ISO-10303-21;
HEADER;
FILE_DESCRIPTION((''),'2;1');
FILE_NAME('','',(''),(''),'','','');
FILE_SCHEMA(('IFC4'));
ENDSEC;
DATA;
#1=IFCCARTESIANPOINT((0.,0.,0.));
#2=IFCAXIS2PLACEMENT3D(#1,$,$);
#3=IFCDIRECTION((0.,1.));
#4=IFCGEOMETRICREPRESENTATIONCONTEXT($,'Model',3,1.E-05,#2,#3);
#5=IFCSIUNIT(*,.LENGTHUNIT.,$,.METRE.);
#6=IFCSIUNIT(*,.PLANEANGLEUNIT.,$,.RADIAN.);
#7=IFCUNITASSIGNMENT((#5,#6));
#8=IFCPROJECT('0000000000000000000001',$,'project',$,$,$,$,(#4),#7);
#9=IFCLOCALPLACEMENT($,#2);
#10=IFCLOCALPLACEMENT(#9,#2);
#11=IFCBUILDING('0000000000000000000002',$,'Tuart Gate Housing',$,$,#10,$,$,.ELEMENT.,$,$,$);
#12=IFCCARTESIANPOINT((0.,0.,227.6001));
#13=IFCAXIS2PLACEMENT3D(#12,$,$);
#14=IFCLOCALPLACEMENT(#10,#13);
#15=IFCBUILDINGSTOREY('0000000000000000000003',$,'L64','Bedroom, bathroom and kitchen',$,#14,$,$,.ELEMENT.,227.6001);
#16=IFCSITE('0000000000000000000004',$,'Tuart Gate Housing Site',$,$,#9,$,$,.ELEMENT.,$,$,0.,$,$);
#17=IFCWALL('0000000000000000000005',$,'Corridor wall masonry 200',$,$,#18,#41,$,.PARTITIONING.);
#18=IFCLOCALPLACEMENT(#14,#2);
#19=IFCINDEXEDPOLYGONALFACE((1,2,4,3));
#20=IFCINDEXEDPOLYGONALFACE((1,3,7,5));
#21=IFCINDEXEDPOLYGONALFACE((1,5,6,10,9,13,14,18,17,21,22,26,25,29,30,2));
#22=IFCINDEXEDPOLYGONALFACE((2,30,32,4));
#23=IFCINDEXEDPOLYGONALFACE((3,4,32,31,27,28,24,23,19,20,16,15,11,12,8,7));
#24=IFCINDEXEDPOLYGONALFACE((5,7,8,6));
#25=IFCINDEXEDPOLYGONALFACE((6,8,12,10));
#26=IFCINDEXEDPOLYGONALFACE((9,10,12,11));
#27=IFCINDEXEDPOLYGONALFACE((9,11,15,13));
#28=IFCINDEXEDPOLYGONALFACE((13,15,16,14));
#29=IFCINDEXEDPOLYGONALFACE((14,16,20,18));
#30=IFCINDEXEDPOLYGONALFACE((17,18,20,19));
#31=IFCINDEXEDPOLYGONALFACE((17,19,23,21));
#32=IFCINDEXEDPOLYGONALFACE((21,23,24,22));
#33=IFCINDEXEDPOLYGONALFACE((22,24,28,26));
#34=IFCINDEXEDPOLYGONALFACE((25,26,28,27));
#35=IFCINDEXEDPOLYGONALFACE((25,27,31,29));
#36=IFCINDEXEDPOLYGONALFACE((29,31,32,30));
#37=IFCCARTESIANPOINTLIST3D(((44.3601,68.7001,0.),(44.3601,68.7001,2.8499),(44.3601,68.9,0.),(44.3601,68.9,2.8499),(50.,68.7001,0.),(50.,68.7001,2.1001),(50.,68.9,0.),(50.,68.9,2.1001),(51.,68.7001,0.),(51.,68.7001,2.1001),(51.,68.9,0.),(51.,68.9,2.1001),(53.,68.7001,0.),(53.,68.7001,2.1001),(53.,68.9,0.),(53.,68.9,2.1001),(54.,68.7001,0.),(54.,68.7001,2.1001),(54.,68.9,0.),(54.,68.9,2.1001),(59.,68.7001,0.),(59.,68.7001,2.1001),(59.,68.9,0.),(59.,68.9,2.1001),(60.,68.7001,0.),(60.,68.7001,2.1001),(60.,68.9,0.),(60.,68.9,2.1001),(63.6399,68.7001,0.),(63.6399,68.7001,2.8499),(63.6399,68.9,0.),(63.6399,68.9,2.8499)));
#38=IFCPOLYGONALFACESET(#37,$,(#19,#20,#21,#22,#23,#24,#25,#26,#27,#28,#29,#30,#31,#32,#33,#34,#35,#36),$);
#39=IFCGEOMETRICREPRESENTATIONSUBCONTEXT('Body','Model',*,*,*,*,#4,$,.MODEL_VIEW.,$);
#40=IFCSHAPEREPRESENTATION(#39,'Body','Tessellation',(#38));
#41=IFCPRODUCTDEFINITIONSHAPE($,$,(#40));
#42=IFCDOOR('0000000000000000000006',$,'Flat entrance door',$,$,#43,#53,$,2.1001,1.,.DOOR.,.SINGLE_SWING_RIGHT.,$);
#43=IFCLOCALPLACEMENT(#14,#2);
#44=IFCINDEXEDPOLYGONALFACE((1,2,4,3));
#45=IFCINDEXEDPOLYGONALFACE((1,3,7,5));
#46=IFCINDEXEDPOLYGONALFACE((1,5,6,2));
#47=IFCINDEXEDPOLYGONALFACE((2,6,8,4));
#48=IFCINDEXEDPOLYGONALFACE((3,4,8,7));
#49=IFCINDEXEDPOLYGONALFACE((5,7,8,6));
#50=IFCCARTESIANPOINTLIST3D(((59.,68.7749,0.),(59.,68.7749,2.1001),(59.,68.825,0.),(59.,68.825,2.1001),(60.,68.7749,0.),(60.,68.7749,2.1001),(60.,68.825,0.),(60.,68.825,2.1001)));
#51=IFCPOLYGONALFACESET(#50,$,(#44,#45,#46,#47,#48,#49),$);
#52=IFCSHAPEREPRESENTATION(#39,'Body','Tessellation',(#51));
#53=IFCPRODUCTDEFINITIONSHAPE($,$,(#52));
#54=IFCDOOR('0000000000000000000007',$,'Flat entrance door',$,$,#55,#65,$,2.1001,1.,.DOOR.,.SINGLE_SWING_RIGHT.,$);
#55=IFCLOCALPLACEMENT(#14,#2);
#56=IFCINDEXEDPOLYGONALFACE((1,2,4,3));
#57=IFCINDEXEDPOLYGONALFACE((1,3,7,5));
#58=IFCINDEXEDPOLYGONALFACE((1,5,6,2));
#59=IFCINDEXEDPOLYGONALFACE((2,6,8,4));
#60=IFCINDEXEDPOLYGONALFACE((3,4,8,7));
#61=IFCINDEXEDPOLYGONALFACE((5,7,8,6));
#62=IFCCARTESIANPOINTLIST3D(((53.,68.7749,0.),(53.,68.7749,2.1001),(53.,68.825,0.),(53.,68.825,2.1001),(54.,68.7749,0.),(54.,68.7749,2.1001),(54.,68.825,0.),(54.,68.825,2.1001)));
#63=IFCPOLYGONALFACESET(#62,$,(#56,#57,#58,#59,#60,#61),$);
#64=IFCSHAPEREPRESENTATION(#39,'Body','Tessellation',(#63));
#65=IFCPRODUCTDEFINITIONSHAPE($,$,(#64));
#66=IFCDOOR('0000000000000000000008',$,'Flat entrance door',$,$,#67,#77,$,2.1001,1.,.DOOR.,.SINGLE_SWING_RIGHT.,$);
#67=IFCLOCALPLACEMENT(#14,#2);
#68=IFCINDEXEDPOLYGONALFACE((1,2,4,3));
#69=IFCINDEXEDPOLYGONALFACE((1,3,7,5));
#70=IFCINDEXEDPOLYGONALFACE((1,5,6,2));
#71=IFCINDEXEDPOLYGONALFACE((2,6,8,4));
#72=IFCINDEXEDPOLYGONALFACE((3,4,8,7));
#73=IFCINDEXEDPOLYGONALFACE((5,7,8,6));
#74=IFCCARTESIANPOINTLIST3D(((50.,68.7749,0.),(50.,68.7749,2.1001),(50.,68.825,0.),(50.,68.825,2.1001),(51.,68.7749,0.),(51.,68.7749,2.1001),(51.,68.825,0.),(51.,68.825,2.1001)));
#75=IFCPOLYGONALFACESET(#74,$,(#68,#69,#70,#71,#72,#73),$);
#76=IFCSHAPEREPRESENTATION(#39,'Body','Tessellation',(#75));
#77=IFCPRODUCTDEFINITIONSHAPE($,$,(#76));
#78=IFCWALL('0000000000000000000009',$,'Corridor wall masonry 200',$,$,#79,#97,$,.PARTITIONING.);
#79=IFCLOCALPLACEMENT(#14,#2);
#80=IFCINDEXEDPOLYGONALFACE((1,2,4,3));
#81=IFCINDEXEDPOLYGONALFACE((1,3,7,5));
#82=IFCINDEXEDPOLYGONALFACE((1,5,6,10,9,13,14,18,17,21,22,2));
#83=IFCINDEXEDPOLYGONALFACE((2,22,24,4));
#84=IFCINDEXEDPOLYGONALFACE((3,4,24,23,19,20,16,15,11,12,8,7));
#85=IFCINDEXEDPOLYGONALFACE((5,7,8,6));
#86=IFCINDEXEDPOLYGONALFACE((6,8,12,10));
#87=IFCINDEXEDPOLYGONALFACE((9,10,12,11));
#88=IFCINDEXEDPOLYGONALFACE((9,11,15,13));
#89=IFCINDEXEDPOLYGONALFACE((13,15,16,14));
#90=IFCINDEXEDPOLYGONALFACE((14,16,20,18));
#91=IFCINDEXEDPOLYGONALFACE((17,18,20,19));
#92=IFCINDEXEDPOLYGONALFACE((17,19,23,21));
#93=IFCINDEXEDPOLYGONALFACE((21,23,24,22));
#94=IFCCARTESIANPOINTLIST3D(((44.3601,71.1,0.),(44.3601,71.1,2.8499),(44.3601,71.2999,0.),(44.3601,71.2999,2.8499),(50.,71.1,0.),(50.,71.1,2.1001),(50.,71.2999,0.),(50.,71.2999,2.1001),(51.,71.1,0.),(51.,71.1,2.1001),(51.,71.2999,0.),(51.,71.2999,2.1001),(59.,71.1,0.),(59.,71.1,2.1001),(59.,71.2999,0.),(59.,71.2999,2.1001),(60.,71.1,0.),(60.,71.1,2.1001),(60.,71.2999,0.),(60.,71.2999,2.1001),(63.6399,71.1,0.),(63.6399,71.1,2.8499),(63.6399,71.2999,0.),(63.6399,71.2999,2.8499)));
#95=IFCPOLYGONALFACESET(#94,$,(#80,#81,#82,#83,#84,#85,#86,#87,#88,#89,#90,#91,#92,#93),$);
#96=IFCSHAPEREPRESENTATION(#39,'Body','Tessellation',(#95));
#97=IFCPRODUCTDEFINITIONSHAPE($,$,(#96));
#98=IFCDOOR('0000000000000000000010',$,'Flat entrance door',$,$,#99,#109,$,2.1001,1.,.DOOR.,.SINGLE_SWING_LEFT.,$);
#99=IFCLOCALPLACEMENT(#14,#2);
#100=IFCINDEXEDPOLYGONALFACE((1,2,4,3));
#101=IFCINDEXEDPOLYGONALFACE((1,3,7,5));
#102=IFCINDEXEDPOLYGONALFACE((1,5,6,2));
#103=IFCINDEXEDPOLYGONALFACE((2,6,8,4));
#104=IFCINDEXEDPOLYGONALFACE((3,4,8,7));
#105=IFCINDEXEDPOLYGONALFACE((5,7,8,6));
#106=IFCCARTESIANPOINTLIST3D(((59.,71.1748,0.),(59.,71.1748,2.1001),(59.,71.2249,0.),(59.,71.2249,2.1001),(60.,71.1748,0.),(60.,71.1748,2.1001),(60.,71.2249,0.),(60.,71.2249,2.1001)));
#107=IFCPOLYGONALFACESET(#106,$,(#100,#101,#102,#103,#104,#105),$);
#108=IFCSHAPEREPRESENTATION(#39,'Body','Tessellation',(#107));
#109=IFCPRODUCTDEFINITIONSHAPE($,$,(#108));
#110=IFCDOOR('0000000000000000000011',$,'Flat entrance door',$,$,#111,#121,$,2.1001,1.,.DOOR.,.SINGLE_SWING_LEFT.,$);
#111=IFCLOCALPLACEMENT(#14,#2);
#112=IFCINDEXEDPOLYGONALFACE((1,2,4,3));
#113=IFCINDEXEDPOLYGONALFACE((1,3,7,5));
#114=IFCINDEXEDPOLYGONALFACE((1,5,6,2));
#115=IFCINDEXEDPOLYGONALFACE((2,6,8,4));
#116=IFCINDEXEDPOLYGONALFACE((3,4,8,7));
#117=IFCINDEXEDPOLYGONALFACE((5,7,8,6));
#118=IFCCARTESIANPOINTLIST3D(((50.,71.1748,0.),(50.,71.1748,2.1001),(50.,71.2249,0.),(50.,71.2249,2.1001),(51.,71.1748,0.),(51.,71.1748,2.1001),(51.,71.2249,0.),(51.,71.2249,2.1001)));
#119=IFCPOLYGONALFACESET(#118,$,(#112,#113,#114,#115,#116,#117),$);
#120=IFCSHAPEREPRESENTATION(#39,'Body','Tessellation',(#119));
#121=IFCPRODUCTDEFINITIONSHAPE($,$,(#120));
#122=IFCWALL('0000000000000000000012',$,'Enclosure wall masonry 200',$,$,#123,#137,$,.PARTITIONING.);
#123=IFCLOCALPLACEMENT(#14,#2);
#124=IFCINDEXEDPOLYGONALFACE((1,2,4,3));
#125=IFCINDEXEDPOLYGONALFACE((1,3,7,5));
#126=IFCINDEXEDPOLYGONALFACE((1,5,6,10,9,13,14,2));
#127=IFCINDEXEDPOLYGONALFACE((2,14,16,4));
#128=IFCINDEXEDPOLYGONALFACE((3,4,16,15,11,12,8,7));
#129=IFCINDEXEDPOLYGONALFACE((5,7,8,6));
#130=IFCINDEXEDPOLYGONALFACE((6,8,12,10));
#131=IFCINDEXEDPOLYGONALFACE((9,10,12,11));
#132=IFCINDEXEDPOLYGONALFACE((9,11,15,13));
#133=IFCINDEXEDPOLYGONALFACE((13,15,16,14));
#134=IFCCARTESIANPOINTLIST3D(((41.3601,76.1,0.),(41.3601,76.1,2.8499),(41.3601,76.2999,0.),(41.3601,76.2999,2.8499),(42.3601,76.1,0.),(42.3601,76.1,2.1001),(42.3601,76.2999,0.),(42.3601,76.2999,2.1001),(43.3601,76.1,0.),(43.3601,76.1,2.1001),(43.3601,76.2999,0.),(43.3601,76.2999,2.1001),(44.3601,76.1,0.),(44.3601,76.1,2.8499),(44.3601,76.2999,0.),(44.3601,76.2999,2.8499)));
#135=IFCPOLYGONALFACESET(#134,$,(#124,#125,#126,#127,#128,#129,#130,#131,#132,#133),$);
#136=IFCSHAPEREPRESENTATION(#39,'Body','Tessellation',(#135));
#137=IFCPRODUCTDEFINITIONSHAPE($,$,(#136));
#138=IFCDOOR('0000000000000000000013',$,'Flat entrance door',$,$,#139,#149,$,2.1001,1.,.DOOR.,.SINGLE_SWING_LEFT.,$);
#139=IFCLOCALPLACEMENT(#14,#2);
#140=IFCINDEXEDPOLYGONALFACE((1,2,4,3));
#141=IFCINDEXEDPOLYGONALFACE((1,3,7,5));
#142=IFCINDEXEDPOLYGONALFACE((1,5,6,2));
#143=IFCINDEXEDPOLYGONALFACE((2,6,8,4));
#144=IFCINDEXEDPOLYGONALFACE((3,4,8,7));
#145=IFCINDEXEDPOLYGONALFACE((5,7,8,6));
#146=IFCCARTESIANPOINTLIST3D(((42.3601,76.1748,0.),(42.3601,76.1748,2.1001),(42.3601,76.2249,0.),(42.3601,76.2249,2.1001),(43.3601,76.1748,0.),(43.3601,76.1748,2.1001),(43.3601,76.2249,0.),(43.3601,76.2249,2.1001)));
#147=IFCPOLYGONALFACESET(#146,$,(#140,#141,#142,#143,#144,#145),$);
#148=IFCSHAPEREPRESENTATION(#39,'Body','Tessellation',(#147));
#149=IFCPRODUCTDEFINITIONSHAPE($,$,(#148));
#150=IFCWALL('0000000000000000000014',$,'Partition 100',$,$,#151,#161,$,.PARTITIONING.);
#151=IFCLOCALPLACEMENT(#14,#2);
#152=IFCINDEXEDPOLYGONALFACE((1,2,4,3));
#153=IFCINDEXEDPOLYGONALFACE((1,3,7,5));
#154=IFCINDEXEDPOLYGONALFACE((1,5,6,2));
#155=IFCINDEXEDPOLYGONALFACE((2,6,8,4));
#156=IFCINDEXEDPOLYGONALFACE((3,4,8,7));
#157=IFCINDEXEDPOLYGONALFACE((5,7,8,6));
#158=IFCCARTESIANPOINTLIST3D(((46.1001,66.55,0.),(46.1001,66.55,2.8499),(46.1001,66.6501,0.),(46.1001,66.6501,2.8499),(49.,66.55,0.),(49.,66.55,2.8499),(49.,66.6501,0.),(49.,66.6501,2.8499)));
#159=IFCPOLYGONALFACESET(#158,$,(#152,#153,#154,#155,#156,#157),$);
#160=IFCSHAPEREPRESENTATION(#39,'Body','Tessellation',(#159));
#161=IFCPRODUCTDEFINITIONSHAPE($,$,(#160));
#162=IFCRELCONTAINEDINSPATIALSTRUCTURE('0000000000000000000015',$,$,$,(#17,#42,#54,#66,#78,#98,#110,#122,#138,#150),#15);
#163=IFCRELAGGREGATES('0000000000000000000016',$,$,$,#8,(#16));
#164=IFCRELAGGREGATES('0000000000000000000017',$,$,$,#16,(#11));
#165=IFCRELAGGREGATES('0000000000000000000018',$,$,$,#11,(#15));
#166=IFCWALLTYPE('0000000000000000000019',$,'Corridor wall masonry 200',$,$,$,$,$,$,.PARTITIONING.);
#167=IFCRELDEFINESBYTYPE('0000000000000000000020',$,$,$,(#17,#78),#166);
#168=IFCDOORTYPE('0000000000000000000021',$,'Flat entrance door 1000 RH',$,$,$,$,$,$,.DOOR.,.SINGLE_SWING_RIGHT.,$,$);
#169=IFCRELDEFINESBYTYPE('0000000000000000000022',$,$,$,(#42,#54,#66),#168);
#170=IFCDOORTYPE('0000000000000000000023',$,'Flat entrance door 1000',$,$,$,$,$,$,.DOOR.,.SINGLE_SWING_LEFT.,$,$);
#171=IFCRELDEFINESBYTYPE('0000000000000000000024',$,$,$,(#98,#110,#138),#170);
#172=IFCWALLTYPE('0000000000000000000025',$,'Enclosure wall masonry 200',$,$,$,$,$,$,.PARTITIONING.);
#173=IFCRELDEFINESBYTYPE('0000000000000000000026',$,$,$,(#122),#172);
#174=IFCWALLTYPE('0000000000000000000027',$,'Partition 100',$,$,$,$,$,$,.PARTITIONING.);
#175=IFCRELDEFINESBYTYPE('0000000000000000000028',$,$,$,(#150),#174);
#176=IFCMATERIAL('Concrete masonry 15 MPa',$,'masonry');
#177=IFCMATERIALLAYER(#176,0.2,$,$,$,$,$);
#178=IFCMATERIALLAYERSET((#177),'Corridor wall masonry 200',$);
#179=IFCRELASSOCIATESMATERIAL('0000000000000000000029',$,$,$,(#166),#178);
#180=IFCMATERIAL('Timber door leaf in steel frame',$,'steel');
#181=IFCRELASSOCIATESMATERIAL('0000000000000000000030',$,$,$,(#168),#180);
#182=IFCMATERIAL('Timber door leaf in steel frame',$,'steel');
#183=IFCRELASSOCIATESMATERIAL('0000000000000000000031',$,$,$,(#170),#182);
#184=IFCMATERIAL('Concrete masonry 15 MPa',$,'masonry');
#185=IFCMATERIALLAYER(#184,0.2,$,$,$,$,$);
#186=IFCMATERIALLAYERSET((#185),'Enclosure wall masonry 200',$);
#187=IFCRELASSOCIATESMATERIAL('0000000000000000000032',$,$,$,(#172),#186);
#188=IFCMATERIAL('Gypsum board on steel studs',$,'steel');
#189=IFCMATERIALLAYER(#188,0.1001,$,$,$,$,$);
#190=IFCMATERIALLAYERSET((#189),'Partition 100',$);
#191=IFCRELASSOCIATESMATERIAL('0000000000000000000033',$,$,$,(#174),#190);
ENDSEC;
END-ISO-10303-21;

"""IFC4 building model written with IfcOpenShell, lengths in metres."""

from ifc_helpers import new_model, si_unit, direction, frame, frame_2d, origin, place, context, subcontext, project, spatial, rectangle, extrude, material, layer, layer_set, type_object, element, fill, save


model = new_model("IFC4")

# Units and contexts
model_context = context("Model", 3, precision=1e-05, world=origin(), true_north=direction((0.0, 1.0)))
body_context = subcontext(model_context, "Body", "Model", "MODEL_VIEW")
ifc_project = project(units=[si_unit("LENGTHUNIT", "METRE"), si_unit("PLANEANGLEUNIT", "RADIAN")], contexts=[model_context])

# Site, building, storey
site_placement = place(None, origin())
site = spatial("IfcSite", under=ifc_project, at=site_placement, Name="Tuart Gate Housing Site", CompositionType="ELEMENT", RefElevation=0.0)
building_placement = place(site_placement, origin())
building = spatial("IfcBuilding", under=site, at=building_placement, Name="Tuart Gate Housing", CompositionType="ELEMENT")
storey_placement = place(building_placement, frame((0.0, 0.0, 227.6001)))
storey = spatial("IfcBuildingStorey", under=building, at=storey_placement, Name="L64", Description="Bedroom, bathroom and kitchen", CompositionType="ELEMENT", Elevation=227.6001)

# Walls, openings, doors
ifc_material_1 = material(Name="Concrete masonry 15 MPa", Category="masonry")
ifc_layer_1 = layer(ifc_material_1, 0.2)
ifc_layer_set_1 = layer_set([ifc_layer_1], Name="Corridor wall masonry 200")
wall_type_1 = type_object("IfcWallType", Name="Corridor wall masonry 200", PredefinedType="PARTITIONING", material=ifc_layer_set_1)
wall_1_placement = place(storey_placement, frame((44.3601, 68.8, 0.0), z_axis=(0.0, 0.0, 1.0), x_axis=(1.0, 0.0, 0.0)))
wall_1 = element("IfcWall", 1, at=wall_1_placement, inside=storey, type_object=wall_type_1, Name="Corridor wall masonry 200", PredefinedType="PARTITIONING", context=body_context, shape_type="SweptSolid", body=[
    extrude(rectangle(XDim=19.2798, YDim=0.2, at=frame_2d((9.6399, 0.0))), origin(), (0.0, 0.0, 1.0), 2.8499),
])
opening_1_placement = place(wall_1_placement, frame((14.6399, 0.0, 0.0)))
opening_1 = element("IfcOpeningElement", 2, at=opening_1_placement, cuts=wall_1, PredefinedType="OPENING", context=body_context, shape_type="SweptSolid", body=[
    extrude(rectangle(XDim=1.0, YDim=2.1001, at=frame_2d((0.5, 1.05))), frame((0.0, 0.1099, 0.0), z_axis=(0.0, -1.0, 0.0), x_axis=(1.0, 0.0, 0.0)), (0.0, 0.0, 1.0), 0.22),
])
opening_2_placement = place(wall_1_placement, frame((8.6399, 0.0, 0.0)))
opening_2 = element("IfcOpeningElement", 3, at=opening_2_placement, cuts=wall_1, PredefinedType="OPENING", context=body_context, shape_type="SweptSolid", body=[
    extrude(rectangle(XDim=1.0, YDim=2.1001, at=frame_2d((0.5, 1.05))), frame((0.0, 0.1099, 0.0), z_axis=(0.0, -1.0, 0.0), x_axis=(1.0, 0.0, 0.0)), (0.0, 0.0, 1.0), 0.22),
])
opening_3_placement = place(wall_1_placement, frame((5.6399, 0.0, 0.0)))
opening_3 = element("IfcOpeningElement", 4, at=opening_3_placement, cuts=wall_1, PredefinedType="OPENING", context=body_context, shape_type="SweptSolid", body=[
    extrude(rectangle(XDim=1.0, YDim=2.1001, at=frame_2d((0.5, 1.05))), frame((0.0, 0.1099, 0.0), z_axis=(0.0, -1.0, 0.0), x_axis=(1.0, 0.0, 0.0)), (0.0, 0.0, 1.0), 0.22),
])
ifc_material_2 = material(Name="Timber door leaf in steel frame", Category="steel")
door_type_1 = type_object("IfcDoorType", Name="Flat entrance door 1000 RH", OperationType="SINGLE_SWING_RIGHT", PredefinedType="DOOR", material=ifc_material_2)
door_1_placement = place(opening_1_placement, frame((1.0, 0.0, 0.0), z_axis=(0.0, 0.0, 1.0), x_axis=(-1.0, 0.0, 0.0)))
door_1 = element("IfcDoor", 5, at=door_1_placement, inside=storey, type_object=door_type_1, Name="Flat entrance door", OperationType="SINGLE_SWING_RIGHT", OverallHeight=2.1001, OverallWidth=1.0, PredefinedType="DOOR", context=body_context, shape_type="SweptSolid", body=[
    extrude(rectangle(XDim=1.0, YDim=2.1001, at=frame_2d((0.5, 1.05))), frame((0.0, 0.0251, 0.0), z_axis=(0.0, -1.0, 0.0), x_axis=(1.0, 0.0, 0.0)), (0.0, 0.0, 1.0), 0.05),
])
fill(opening_1, door_1)
door_2_placement = place(opening_2_placement, frame((1.0, 0.0, 0.0), z_axis=(0.0, 0.0, 1.0), x_axis=(-1.0, 0.0, 0.0)))
door_2 = element("IfcDoor", 6, at=door_2_placement, inside=storey, type_object=door_type_1, Name="Flat entrance door", OperationType="SINGLE_SWING_RIGHT", OverallHeight=2.1001, OverallWidth=1.0, PredefinedType="DOOR", context=body_context, shape_type="SweptSolid", body=[
    extrude(rectangle(XDim=1.0, YDim=2.1001, at=frame_2d((0.5, 1.05))), frame((0.0, 0.0251, 0.0), z_axis=(0.0, -1.0, 0.0), x_axis=(1.0, 0.0, 0.0)), (0.0, 0.0, 1.0), 0.05),
])
fill(opening_2, door_2)
door_3_placement = place(opening_3_placement, frame((1.0, 0.0, 0.0), z_axis=(0.0, 0.0, 1.0), x_axis=(-1.0, 0.0, 0.0)))
door_3 = element("IfcDoor", 7, at=door_3_placement, inside=storey, type_object=door_type_1, Name="Flat entrance door", OperationType="SINGLE_SWING_RIGHT", OverallHeight=2.1001, OverallWidth=1.0, PredefinedType="DOOR", context=body_context, shape_type="SweptSolid", body=[
    extrude(rectangle(XDim=1.0, YDim=2.1001, at=frame_2d((0.5, 1.05))), frame((0.0, 0.0251, 0.0), z_axis=(0.0, -1.0, 0.0), x_axis=(1.0, 0.0, 0.0)), (0.0, 0.0, 1.0), 0.05),
])
fill(opening_3, door_3)
wall_2_placement = place(storey_placement, frame((44.3601, 71.2, 0.0), z_axis=(0.0, 0.0, 1.0), x_axis=(1.0, 0.0, 0.0)))
wall_2 = element("IfcWall", 8, at=wall_2_placement, inside=storey, type_object=wall_type_1, Name="Corridor wall masonry 200", PredefinedType="PARTITIONING", context=body_context, shape_type="SweptSolid", body=[
    extrude(rectangle(XDim=19.2798, YDim=0.2, at=frame_2d((9.6399, 0.0))), origin(), (0.0, 0.0, 1.0), 2.8499),
])
opening_4_placement = place(wall_2_placement, frame((14.6399, 0.0, 0.0)))
opening_4 = element("IfcOpeningElement", 9, at=opening_4_placement, cuts=wall_2, PredefinedType="OPENING", context=body_context, shape_type="SweptSolid", body=[
    extrude(rectangle(XDim=1.0, YDim=2.1001, at=frame_2d((0.5, 1.05))), frame((0.0, 0.1099, 0.0), z_axis=(0.0, -1.0, 0.0), x_axis=(1.0, 0.0, 0.0)), (0.0, 0.0, 1.0), 0.22),
])
opening_5_placement = place(wall_2_placement, frame((5.6399, 0.0, 0.0)))
opening_5 = element("IfcOpeningElement", 10, at=opening_5_placement, cuts=wall_2, PredefinedType="OPENING", context=body_context, shape_type="SweptSolid", body=[
    extrude(rectangle(XDim=1.0, YDim=2.1001, at=frame_2d((0.5, 1.05))), frame((0.0, 0.1099, 0.0), z_axis=(0.0, -1.0, 0.0), x_axis=(1.0, 0.0, 0.0)), (0.0, 0.0, 1.0), 0.22),
])
ifc_material_3 = material(Name="Timber door leaf in steel frame", Category="steel")
door_type_2 = type_object("IfcDoorType", Name="Flat entrance door 1000", OperationType="SINGLE_SWING_LEFT", PredefinedType="DOOR", material=ifc_material_3)
door_4_placement = place(opening_4_placement, origin())
door_4 = element("IfcDoor", 11, at=door_4_placement, inside=storey, type_object=door_type_2, Name="Flat entrance door", OperationType="SINGLE_SWING_LEFT", OverallHeight=2.1001, OverallWidth=1.0, PredefinedType="DOOR", context=body_context, shape_type="SweptSolid", body=[
    extrude(rectangle(XDim=1.0, YDim=2.1001, at=frame_2d((0.5, 1.05))), frame((0.0, 0.0249, 0.0), z_axis=(0.0, -1.0, 0.0), x_axis=(1.0, 0.0, 0.0)), (0.0, 0.0, 1.0), 0.05),
])
fill(opening_4, door_4)
door_5_placement = place(opening_5_placement, origin())
door_5 = element("IfcDoor", 12, at=door_5_placement, inside=storey, type_object=door_type_2, Name="Flat entrance door", OperationType="SINGLE_SWING_LEFT", OverallHeight=2.1001, OverallWidth=1.0, PredefinedType="DOOR", context=body_context, shape_type="SweptSolid", body=[
    extrude(rectangle(XDim=1.0, YDim=2.1001, at=frame_2d((0.5, 1.05))), frame((0.0, 0.0249, 0.0), z_axis=(0.0, -1.0, 0.0), x_axis=(1.0, 0.0, 0.0)), (0.0, 0.0, 1.0), 0.05),
])
fill(opening_5, door_5)

# Wall, opening, door
ifc_material_4 = material(Name="Concrete masonry 15 MPa", Category="masonry")
ifc_layer_2 = layer(ifc_material_4, 0.2)
ifc_layer_set_2 = layer_set([ifc_layer_2], Name="Enclosure wall masonry 200")
wall_type_2 = type_object("IfcWallType", Name="Enclosure wall masonry 200", PredefinedType="PARTITIONING", material=ifc_layer_set_2)
wall_3_placement = place(storey_placement, frame((41.3601, 76.2, 0.0), z_axis=(0.0, 0.0, 1.0), x_axis=(1.0, 0.0, 0.0)))
wall_3 = element("IfcWall", 13, at=wall_3_placement, inside=storey, type_object=wall_type_2, Name="Enclosure wall masonry 200", PredefinedType="PARTITIONING", context=body_context, shape_type="SweptSolid", body=[
    extrude(rectangle(XDim=3.0, YDim=0.2, at=frame_2d((1.5, 0.0))), origin(), (0.0, 0.0, 1.0), 2.8499),
])
opening_6_placement = place(wall_3_placement, frame((1.0, 0.0, 0.0)))
opening_6 = element("IfcOpeningElement", 14, at=opening_6_placement, cuts=wall_3, PredefinedType="OPENING", context=body_context, shape_type="SweptSolid", body=[
    extrude(rectangle(XDim=1.0, YDim=2.1001, at=frame_2d((0.5, 1.05))), frame((0.0, 0.1099, 0.0), z_axis=(0.0, -1.0, 0.0), x_axis=(1.0, 0.0, 0.0)), (0.0, 0.0, 1.0), 0.22),
])
door_6_placement = place(opening_6_placement, origin())
door_6 = element("IfcDoor", 15, at=door_6_placement, inside=storey, type_object=door_type_2, Name="Flat entrance door", OperationType="SINGLE_SWING_LEFT", OverallHeight=2.1001, OverallWidth=1.0, PredefinedType="DOOR", context=body_context, shape_type="SweptSolid", body=[
    extrude(rectangle(XDim=1.0, YDim=2.1001, at=frame_2d((0.5, 1.05))), frame((0.0, 0.0249, 0.0), z_axis=(0.0, -1.0, 0.0), x_axis=(1.0, 0.0, 0.0)), (0.0, 0.0, 1.0), 0.05),
])
fill(opening_6, door_6)

# Wall
ifc_material_5 = material(Name="Gypsum board on steel studs", Category="steel")
ifc_layer_3 = layer(ifc_material_5, 0.1001)
ifc_layer_set_3 = layer_set([ifc_layer_3], Name="Partition 100")
wall_type_3 = type_object("IfcWallType", Name="Partition 100", PredefinedType="PARTITIONING", material=ifc_layer_set_3)
for number, where, z_axis, x_axis, name in (
    (16, (46.1001, 66.6001, 0.0), (0.0, 0.0, 1.0), (1.0, 0.0, 0.0), "Partition 100"),
):
    element("IfcWall", number, at=place(storey_placement, frame(where, z_axis=z_axis, x_axis=x_axis)), inside=storey, type_object=wall_type_3, Name=name, PredefinedType="PARTITIONING", context=body_context, shape_type="SweptSolid", body=[
        extrude(rectangle(XDim=2.8999, YDim=0.1001, at=frame_2d((1.45, 0.0))), origin(), (0.0, 0.0, 1.0), 2.8499),
    ])

save(model, "model.ifc")
